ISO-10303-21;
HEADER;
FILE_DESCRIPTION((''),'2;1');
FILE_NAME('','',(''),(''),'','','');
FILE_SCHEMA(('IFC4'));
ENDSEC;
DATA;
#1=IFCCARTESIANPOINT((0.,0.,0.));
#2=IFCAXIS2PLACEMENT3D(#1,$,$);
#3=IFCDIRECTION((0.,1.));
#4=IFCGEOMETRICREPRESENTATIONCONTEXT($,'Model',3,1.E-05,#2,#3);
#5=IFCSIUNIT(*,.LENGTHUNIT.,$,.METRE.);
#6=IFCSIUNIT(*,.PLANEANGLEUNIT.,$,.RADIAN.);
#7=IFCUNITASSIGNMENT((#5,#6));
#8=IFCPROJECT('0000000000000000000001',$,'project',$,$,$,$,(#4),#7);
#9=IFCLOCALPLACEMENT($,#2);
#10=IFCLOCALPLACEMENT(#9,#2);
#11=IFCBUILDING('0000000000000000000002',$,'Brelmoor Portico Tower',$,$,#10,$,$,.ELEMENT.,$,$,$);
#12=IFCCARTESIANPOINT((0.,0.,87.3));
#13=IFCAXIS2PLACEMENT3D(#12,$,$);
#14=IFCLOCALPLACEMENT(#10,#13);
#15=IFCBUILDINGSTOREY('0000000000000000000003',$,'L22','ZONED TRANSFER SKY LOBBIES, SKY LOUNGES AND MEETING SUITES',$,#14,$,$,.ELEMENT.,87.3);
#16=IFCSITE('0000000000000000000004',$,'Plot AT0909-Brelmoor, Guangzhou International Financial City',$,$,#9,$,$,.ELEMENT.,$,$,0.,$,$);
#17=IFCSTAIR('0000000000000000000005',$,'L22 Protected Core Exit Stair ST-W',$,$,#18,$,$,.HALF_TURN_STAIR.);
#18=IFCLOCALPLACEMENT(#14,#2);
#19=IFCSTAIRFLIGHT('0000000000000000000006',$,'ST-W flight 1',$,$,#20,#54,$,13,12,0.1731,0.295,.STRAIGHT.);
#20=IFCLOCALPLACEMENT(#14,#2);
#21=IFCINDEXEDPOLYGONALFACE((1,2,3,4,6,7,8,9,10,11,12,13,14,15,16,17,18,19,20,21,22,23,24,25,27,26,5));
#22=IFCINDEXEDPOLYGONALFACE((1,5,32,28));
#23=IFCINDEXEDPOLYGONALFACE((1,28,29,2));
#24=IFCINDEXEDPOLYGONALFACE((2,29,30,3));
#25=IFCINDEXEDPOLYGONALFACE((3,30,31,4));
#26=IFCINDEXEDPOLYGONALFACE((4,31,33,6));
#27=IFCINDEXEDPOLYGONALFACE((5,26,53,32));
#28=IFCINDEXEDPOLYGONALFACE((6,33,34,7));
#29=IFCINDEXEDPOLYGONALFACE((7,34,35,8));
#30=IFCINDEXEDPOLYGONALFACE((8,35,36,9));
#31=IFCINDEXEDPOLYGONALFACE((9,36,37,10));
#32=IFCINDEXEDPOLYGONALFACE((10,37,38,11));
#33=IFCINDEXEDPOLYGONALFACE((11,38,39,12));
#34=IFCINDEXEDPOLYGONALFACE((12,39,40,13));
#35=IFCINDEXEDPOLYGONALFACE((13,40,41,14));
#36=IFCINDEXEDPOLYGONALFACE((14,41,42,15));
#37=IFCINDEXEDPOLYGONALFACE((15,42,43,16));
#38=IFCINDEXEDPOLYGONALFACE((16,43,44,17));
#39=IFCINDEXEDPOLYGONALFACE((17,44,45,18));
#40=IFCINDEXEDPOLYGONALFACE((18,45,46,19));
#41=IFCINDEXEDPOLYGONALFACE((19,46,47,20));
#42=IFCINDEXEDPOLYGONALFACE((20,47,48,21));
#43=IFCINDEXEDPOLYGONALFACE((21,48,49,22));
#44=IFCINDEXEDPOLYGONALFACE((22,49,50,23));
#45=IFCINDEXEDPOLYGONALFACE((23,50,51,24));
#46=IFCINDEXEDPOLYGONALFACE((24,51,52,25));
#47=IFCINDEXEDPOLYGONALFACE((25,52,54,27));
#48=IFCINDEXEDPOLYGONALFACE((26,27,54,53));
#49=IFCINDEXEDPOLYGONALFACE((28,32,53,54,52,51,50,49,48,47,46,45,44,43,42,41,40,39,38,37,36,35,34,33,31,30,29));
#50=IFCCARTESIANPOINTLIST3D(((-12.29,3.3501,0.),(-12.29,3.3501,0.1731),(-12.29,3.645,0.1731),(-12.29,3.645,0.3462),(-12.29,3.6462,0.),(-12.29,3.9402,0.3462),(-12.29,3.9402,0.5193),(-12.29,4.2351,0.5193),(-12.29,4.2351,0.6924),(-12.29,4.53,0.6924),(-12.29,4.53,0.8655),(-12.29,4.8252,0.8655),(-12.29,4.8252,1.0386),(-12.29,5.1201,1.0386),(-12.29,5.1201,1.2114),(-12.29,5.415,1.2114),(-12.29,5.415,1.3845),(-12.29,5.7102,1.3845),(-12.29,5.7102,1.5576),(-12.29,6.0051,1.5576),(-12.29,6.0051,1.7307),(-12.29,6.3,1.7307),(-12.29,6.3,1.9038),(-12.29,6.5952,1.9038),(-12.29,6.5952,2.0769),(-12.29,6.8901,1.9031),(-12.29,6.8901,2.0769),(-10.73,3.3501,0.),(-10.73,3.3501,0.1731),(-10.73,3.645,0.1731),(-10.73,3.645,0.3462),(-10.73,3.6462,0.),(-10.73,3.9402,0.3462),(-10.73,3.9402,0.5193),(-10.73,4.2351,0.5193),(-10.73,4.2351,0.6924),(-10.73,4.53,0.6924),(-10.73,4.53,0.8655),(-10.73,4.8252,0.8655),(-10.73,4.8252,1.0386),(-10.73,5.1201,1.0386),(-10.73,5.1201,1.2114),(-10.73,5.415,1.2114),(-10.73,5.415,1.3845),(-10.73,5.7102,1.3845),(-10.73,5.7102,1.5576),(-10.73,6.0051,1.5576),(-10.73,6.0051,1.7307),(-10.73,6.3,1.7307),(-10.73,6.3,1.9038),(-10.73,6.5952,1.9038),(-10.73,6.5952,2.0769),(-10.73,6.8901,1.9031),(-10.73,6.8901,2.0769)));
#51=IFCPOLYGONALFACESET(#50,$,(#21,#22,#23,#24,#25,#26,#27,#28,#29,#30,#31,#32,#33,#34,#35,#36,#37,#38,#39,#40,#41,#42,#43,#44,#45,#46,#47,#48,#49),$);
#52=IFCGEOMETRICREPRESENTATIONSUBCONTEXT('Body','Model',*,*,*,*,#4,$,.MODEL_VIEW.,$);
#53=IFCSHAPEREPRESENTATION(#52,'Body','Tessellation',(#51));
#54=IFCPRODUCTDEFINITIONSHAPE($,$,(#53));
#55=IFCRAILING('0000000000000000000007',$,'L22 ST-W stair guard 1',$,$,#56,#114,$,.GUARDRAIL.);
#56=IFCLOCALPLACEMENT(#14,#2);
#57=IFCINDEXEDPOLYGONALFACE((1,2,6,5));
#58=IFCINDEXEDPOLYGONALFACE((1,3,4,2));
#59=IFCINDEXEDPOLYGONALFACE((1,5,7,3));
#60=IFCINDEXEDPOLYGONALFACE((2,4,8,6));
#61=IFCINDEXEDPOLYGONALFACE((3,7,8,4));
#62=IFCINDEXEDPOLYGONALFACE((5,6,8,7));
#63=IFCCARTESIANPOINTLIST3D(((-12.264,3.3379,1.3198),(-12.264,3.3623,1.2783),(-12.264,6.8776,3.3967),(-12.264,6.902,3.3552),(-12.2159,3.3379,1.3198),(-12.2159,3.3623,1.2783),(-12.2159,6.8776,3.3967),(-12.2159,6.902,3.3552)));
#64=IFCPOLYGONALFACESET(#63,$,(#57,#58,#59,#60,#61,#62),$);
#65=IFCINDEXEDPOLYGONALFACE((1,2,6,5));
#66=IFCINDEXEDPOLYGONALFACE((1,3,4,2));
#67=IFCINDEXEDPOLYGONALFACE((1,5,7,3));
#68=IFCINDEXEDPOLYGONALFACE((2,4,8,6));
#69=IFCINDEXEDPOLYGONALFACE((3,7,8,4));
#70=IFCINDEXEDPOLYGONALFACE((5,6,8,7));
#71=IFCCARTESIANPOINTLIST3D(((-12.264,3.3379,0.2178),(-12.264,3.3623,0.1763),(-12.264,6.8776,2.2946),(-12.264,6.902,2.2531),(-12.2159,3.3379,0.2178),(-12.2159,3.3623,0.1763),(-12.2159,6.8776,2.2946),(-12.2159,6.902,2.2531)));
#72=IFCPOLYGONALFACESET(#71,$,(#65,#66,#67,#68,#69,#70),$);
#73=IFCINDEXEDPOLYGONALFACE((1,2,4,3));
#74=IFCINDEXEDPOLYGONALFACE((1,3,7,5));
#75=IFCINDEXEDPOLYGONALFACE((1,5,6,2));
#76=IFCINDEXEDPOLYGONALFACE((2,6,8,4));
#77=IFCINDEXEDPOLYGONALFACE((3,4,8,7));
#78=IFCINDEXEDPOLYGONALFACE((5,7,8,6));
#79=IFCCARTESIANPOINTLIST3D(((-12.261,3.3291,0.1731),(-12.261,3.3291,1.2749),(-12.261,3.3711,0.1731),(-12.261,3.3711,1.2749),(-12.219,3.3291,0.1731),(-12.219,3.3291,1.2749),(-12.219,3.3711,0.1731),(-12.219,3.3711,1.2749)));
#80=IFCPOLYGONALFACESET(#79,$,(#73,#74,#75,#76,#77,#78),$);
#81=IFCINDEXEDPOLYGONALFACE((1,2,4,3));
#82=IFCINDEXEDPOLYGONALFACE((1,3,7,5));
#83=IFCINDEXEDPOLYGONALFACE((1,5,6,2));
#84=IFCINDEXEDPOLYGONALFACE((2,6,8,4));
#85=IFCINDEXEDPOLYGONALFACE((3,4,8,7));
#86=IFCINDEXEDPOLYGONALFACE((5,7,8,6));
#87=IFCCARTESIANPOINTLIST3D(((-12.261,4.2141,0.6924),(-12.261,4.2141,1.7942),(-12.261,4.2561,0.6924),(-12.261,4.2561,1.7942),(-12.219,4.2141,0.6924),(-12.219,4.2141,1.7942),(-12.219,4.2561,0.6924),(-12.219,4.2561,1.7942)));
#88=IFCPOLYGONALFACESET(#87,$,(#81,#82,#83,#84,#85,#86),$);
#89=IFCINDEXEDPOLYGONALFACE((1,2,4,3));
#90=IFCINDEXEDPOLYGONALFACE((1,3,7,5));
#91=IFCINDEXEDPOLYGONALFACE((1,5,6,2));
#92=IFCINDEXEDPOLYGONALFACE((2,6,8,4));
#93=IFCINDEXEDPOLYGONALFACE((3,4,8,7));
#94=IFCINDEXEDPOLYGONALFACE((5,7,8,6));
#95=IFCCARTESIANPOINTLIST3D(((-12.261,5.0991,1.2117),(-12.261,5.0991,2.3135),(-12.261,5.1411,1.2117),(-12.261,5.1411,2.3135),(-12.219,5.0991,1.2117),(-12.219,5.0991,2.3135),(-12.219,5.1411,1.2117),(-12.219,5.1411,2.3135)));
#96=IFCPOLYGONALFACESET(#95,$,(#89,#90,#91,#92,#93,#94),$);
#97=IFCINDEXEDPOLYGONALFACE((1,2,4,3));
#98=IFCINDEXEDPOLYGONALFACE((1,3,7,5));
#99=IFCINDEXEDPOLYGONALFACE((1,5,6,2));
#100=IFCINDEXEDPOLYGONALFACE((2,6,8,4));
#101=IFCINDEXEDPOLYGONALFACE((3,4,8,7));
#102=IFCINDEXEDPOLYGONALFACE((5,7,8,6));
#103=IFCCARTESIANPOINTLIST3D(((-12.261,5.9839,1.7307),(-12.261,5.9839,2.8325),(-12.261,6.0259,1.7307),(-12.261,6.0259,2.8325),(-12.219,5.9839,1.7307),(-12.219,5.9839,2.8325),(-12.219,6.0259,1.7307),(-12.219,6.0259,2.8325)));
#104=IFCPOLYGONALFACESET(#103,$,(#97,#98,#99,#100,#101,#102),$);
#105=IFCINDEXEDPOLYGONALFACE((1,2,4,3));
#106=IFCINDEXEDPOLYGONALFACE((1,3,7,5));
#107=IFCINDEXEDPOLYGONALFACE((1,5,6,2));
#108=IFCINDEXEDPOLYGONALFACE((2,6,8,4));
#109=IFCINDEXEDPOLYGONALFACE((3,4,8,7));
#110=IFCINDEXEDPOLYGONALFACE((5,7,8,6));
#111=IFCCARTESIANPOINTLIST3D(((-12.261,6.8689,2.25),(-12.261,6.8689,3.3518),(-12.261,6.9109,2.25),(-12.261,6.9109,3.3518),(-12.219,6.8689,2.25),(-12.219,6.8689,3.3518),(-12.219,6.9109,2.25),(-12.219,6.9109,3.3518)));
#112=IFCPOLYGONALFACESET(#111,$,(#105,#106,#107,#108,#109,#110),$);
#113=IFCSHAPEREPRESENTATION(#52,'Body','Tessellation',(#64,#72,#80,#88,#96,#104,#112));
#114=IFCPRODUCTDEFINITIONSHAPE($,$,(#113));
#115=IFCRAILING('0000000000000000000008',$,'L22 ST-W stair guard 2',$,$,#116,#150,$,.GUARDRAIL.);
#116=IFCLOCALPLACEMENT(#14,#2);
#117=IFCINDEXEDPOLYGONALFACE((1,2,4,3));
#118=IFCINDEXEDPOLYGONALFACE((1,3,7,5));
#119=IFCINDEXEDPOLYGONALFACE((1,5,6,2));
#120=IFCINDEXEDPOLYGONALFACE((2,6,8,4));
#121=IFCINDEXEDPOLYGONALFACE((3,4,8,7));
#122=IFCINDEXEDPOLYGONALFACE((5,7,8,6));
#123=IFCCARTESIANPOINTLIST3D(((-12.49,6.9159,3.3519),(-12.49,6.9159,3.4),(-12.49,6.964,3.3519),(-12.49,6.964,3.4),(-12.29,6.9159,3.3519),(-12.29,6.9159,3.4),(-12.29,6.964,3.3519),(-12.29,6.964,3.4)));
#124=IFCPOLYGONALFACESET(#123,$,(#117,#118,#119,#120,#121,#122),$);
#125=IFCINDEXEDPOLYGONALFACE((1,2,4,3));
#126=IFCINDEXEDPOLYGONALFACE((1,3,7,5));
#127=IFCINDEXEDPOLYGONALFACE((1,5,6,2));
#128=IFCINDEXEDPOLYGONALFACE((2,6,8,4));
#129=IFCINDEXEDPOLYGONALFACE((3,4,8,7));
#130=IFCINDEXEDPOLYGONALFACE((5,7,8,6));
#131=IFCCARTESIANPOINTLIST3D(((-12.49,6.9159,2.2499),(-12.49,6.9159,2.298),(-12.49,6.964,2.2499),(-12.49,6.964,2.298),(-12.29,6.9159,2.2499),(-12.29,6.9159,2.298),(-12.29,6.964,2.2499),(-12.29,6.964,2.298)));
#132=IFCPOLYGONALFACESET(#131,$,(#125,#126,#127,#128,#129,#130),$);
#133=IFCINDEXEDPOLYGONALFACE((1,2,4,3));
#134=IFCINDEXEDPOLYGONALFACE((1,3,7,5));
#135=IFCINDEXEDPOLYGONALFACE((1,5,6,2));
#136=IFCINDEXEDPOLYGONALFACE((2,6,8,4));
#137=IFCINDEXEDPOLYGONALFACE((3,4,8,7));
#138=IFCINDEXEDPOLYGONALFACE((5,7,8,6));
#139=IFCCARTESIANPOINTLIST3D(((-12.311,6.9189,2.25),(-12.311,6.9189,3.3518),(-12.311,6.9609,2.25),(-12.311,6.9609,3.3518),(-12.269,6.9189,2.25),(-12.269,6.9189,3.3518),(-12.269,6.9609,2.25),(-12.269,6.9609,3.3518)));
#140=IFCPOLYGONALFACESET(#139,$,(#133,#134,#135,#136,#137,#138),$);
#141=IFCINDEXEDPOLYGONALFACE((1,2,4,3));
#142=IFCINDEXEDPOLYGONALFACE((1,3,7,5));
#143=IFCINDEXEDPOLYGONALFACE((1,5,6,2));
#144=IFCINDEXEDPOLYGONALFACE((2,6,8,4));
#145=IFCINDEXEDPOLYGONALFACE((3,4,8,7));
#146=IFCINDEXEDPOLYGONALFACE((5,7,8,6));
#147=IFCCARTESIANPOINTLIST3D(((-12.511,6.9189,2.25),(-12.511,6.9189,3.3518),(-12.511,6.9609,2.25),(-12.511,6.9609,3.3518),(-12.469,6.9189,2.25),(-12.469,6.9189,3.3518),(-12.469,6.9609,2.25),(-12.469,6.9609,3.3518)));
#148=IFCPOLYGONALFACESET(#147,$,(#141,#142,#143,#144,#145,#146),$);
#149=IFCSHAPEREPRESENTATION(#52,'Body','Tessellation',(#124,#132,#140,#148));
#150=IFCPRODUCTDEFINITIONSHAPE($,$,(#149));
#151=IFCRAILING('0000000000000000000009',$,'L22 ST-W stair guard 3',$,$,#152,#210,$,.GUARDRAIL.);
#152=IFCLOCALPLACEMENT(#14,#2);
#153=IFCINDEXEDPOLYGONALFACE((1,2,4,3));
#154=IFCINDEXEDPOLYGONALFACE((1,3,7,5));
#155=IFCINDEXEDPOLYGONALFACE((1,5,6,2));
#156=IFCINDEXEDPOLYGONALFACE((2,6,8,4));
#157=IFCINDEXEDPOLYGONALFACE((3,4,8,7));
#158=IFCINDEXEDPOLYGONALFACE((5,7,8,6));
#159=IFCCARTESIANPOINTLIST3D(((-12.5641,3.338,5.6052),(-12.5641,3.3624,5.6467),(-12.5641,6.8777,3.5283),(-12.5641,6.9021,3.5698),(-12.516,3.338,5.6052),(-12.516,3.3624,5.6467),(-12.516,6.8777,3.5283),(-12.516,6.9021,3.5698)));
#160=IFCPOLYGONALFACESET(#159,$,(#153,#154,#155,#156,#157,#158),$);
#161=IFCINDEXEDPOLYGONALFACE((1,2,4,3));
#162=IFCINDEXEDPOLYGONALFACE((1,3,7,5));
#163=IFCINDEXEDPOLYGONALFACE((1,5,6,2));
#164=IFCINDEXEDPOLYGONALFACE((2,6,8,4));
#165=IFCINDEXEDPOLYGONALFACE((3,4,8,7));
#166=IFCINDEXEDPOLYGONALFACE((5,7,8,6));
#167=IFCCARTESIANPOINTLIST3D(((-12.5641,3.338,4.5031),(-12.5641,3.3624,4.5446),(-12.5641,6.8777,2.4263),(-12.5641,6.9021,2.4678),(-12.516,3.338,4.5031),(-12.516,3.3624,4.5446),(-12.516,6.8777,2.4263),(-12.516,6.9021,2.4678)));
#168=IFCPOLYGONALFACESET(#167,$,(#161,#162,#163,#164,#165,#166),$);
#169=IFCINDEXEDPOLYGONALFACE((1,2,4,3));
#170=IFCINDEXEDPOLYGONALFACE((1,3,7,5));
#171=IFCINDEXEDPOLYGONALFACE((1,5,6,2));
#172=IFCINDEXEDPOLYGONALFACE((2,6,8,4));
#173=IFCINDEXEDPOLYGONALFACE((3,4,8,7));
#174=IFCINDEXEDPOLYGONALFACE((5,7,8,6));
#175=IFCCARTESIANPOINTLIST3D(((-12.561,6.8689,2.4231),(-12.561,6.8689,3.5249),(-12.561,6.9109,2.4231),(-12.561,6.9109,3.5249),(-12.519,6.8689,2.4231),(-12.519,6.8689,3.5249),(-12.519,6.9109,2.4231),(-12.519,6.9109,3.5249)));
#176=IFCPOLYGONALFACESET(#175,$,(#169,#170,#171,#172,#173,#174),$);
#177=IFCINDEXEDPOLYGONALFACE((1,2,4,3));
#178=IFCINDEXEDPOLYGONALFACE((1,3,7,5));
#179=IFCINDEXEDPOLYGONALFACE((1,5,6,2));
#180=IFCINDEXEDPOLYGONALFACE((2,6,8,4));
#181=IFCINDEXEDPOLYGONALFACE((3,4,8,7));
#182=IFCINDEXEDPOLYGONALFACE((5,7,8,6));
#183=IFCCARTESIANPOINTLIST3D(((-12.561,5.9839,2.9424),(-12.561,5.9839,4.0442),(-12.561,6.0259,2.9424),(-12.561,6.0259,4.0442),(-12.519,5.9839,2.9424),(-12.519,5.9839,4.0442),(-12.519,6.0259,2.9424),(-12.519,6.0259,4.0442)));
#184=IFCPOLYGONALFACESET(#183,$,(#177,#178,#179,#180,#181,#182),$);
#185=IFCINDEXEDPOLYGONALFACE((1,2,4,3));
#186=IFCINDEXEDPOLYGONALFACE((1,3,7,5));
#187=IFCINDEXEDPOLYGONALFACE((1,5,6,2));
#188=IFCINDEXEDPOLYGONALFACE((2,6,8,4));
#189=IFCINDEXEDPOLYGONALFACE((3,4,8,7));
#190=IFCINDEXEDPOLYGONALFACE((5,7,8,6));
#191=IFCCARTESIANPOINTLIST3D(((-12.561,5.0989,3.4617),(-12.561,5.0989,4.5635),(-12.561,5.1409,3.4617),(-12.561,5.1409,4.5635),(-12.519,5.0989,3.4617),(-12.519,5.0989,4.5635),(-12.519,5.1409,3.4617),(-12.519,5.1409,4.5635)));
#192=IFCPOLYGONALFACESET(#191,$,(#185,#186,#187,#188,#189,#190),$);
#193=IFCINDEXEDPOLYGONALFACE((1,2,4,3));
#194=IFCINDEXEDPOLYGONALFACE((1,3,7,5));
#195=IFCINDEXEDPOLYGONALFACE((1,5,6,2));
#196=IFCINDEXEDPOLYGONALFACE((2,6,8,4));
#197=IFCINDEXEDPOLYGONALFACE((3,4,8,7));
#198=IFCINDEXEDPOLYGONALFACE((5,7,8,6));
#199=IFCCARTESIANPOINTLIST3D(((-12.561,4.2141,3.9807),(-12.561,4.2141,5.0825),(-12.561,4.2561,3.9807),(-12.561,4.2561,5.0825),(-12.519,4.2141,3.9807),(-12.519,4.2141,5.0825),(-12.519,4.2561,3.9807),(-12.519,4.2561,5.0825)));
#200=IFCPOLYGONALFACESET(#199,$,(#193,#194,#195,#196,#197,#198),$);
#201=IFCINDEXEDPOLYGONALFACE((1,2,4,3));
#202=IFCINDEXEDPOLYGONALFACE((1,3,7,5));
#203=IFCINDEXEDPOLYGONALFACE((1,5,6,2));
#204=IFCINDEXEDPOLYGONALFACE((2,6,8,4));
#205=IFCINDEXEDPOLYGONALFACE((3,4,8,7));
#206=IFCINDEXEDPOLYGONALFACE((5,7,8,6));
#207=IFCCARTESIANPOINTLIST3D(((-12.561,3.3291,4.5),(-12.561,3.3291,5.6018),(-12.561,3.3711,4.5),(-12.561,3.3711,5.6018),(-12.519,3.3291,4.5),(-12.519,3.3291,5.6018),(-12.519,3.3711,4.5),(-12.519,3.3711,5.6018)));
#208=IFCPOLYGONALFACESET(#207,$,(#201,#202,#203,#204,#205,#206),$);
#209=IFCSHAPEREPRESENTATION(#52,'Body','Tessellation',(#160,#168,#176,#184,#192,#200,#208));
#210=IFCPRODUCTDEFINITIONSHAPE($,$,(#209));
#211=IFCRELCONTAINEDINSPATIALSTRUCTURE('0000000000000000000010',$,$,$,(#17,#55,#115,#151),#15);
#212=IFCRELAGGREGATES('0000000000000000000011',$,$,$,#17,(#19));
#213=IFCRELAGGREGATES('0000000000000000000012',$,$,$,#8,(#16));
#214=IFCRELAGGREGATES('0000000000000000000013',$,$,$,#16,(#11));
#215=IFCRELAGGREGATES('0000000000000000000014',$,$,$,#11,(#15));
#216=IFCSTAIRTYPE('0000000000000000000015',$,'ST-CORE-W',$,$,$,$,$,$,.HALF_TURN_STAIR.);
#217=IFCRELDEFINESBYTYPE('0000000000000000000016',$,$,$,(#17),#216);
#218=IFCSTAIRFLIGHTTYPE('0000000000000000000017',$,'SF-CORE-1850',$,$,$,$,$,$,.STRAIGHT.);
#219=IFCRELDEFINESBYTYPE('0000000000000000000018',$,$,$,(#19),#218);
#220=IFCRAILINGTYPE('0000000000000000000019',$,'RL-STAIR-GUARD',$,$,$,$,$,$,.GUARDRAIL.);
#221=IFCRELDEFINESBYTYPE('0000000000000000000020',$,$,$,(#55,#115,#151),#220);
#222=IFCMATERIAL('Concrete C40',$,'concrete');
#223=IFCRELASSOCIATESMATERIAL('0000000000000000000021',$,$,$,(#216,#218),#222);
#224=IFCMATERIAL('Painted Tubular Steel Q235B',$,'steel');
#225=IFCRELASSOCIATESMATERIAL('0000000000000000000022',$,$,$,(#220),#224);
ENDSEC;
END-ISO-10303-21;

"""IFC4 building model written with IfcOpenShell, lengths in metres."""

from ifc_helpers import new_model, si_unit, direction, frame, origin, origin_2d, place, context, subcontext, project, spatial, polyline, rectangle, outline, extrude, material, type_object, element, aggregate, save


model = new_model("IFC4")

# Units and contexts
model_context = context("Model", 3, precision=1e-05, world=origin(), true_north=direction((0.0, 1.0)))
body_context = subcontext(model_context, "Body", "Model", "MODEL_VIEW")
ifc_project = project(units=[si_unit("LENGTHUNIT", "METRE"), si_unit("PLANEANGLEUNIT", "RADIAN")], contexts=[model_context])

# Site, building, storey
site_placement = place(None, origin())
site = spatial("IfcSite", under=ifc_project, at=site_placement, Name="Plot AT0909-Brelmoor, Guangzhou International Financial City", CompositionType="ELEMENT", RefElevation=0.0)
building_placement = place(site_placement, origin())
building = spatial("IfcBuilding", under=site, at=building_placement, Name="Brelmoor Portico Tower", CompositionType="ELEMENT")
storey_placement = place(building_placement, frame((0.0, 0.0, 87.3)))
storey = spatial("IfcBuildingStorey", under=building, at=storey_placement, Name="L22", Description="ZONED TRANSFER SKY LOBBIES, SKY LOUNGES AND MEETING SUITES", CompositionType="ELEMENT", Elevation=87.3)

# Shared definitions
ifc_material_1 = material(Name="Concrete C40", Category="concrete")

# Stair, stair flight
stair_type = type_object("IfcStairType", Name="ST-CORE-W", PredefinedType="HALF_TURN_STAIR", material=ifc_material_1)
stair_placement = place(storey_placement, origin())
stair = element("IfcStair", 1, at=stair_placement, inside=storey, type_object=stair_type, Name="L22 Protected Core Exit Stair ST-W", PredefinedType="HALF_TURN_STAIR")
stair_flight_type = type_object("IfcStairFlightType", Name="SF-CORE-1850", PredefinedType="STRAIGHT", material=ifc_material_1)
stair_flight_placement = place(storey_placement, frame((-11.51, 3.3501, 0.0), z_axis=(0.0, 0.0, 1.0), x_axis=(0.0, 1.0, 0.0)))
stair_flight = element("IfcStairFlight", 2, at=stair_flight_placement, type_object=stair_flight_type, Name="ST-W flight 1", NumberOfRisers=13, NumberOfTreads=12, PredefinedType="STRAIGHT", RiserHeight=0.1731, TreadLength=0.295, context=body_context, shape_type="SweptSolid", body=[
    extrude(outline(polyline([(0.0, 0.0), (0.0, 0.1731), (0.2949, 0.1731), (0.2949, 0.3462), (0.5901, 0.3462), (0.5901, 0.5193), (0.885, 0.5193), (0.885, 0.6924), (1.1799, 0.6924), (1.1799, 0.8655), (1.4751, 0.8655), (1.4751, 1.0386), (1.77, 1.0386), (1.77, 1.2114), (2.0649, 1.2114), (2.0649, 1.3845), (2.3601, 1.3845), (2.3601, 1.5576), (2.655, 1.5576), (2.655, 1.7307), (2.95, 1.7307), (2.95, 1.9038), (3.2451, 1.9038), (3.2451, 2.0769), (3.54, 2.0769), (3.54, 2.25), (3.54, 1.9031), (0.2961, 0.0), (0.0, 0.0)])), frame((0.0, 0.78, 0.0), z_axis=(0.0, -1.0, 0.0), x_axis=(1.0, 0.0, 0.0)), (0.0, 0.0, 1.0), 1.5601),
])
aggregate(stair, [stair_flight])

# Railings
ifc_material_2 = material(Name="Painted Tubular Steel Q235B", Category="steel")
railing_type_1 = type_object("IfcRailingType", Name="RL-STAIR-GUARD", PredefinedType="GUARDRAIL", material=ifc_material_2)
railing_1_placement = place(storey_placement, frame((-12.24, 3.3501, 0.1731)))
element("IfcRailing", 3, at=railing_1_placement, inside=storey, type_object=railing_type_1, Name="L22 ST-W stair guard 1", PredefinedType="GUARDRAIL", context=body_context, shape_type="SweptSolid", body=[
    extrude(rectangle(XDim=0.0481, YDim=0.0481, at=origin_2d()), frame((0.0, 0.0, 1.126), z_axis=(0.0, 0.862501, 0.506055), x_axis=(-1.0, 0.0, 0.0)), (0.0, 0.0, 1.0), 4.104),
    extrude(rectangle(XDim=0.0481, YDim=0.0481, at=origin_2d()), frame((0.0, 0.0, 0.0239), z_axis=(0.0, 0.862501, 0.506055), x_axis=(-1.0, 0.0, 0.0)), (0.0, 0.0, 1.0), 4.104),
    extrude(rectangle(XDim=0.042, YDim=0.042, at=origin_2d()), origin(), (0.0, 0.0, 1.0), 1.1018),
    extrude(rectangle(XDim=0.042, YDim=0.042, at=origin_2d()), frame((0.0, 0.885, 0.5193)), (0.0, 0.0, 1.0), 1.1018),
    extrude(rectangle(XDim=0.042, YDim=0.042, at=origin_2d()), frame((0.0, 1.77, 1.0386)), (0.0, 0.0, 1.0), 1.1018),
    extrude(rectangle(XDim=0.042, YDim=0.042, at=origin_2d()), frame((0.0, 2.6548, 1.5576)), (0.0, 0.0, 1.0), 1.1018),
    extrude(rectangle(XDim=0.042, YDim=0.042, at=origin_2d()), frame((0.0, 3.5398, 2.0769)), (0.0, 0.0, 1.0), 1.1018),
])
railing_2_placement = place(storey_placement, frame((-12.29, 6.9399, 2.25)))
element("IfcRailing", 4, at=railing_2_placement, inside=storey, type_object=railing_type_1, Name="L22 ST-W stair guard 2", PredefinedType="GUARDRAIL", context=body_context, shape_type="SweptSolid", body=[
    extrude(rectangle(XDim=0.0481, YDim=0.0481, at=origin_2d()), frame((0.0, 0.0, 1.126), z_axis=(-1.0, 0.0, 0.0), x_axis=(0.0, -1.0, 0.0)), (0.0, 0.0, 1.0), 0.2),
    extrude(rectangle(XDim=0.0481, YDim=0.0481, at=origin_2d()), frame((0.0, 0.0, 0.0239), z_axis=(-1.0, 0.0, 0.0), x_axis=(0.0, -1.0, 0.0)), (0.0, 0.0, 1.0), 0.2),
    extrude(rectangle(XDim=0.042, YDim=0.042, at=origin_2d()), origin(), (0.0, 0.0, 1.0), 1.1018),
    extrude(rectangle(XDim=0.042, YDim=0.042, at=origin_2d()), frame((-0.2, 0.0, 0.0)), (0.0, 0.0, 1.0), 1.1018),
])
railing_3_placement = place(storey_placement, frame((-12.54, 6.8899, 2.4231)))
element("IfcRailing", 5, at=railing_3_placement, inside=storey, type_object=railing_type_1, Name="L22 ST-W stair guard 3", PredefinedType="GUARDRAIL", context=body_context, shape_type="SweptSolid", body=[
    extrude(rectangle(XDim=0.0481, YDim=0.0481, at=origin_2d()), frame((0.0, 0.0, 1.126), z_axis=(0.0, -0.862501, 0.506055), x_axis=(1.0, 0.0, 0.0)), (0.0, 0.0, 1.0), 4.104),
    extrude(rectangle(XDim=0.0481, YDim=0.0481, at=origin_2d()), frame((0.0, 0.0, 0.0239), z_axis=(0.0, -0.862501, 0.506055), x_axis=(1.0, 0.0, 0.0)), (0.0, 0.0, 1.0), 4.104),
    extrude(rectangle(XDim=0.042, YDim=0.042, at=origin_2d()), origin(), (0.0, 0.0, 1.0), 1.1018),
    extrude(rectangle(XDim=0.042, YDim=0.042, at=origin_2d()), frame((0.0, -0.885, 0.5193)), (0.0, 0.0, 1.0), 1.1018),
    extrude(rectangle(XDim=0.042, YDim=0.042, at=origin_2d()), frame((0.0, -1.77, 1.0386)), (0.0, 0.0, 1.0), 1.1018),
    extrude(rectangle(XDim=0.042, YDim=0.042, at=origin_2d()), frame((0.0, -2.6548, 1.5576)), (0.0, 0.0, 1.0), 1.1018),
    extrude(rectangle(XDim=0.042, YDim=0.042, at=origin_2d()), frame((0.0, -3.5398, 2.0769)), (0.0, 0.0, 1.0), 1.1018),
])

save(model, "model.ifc")
